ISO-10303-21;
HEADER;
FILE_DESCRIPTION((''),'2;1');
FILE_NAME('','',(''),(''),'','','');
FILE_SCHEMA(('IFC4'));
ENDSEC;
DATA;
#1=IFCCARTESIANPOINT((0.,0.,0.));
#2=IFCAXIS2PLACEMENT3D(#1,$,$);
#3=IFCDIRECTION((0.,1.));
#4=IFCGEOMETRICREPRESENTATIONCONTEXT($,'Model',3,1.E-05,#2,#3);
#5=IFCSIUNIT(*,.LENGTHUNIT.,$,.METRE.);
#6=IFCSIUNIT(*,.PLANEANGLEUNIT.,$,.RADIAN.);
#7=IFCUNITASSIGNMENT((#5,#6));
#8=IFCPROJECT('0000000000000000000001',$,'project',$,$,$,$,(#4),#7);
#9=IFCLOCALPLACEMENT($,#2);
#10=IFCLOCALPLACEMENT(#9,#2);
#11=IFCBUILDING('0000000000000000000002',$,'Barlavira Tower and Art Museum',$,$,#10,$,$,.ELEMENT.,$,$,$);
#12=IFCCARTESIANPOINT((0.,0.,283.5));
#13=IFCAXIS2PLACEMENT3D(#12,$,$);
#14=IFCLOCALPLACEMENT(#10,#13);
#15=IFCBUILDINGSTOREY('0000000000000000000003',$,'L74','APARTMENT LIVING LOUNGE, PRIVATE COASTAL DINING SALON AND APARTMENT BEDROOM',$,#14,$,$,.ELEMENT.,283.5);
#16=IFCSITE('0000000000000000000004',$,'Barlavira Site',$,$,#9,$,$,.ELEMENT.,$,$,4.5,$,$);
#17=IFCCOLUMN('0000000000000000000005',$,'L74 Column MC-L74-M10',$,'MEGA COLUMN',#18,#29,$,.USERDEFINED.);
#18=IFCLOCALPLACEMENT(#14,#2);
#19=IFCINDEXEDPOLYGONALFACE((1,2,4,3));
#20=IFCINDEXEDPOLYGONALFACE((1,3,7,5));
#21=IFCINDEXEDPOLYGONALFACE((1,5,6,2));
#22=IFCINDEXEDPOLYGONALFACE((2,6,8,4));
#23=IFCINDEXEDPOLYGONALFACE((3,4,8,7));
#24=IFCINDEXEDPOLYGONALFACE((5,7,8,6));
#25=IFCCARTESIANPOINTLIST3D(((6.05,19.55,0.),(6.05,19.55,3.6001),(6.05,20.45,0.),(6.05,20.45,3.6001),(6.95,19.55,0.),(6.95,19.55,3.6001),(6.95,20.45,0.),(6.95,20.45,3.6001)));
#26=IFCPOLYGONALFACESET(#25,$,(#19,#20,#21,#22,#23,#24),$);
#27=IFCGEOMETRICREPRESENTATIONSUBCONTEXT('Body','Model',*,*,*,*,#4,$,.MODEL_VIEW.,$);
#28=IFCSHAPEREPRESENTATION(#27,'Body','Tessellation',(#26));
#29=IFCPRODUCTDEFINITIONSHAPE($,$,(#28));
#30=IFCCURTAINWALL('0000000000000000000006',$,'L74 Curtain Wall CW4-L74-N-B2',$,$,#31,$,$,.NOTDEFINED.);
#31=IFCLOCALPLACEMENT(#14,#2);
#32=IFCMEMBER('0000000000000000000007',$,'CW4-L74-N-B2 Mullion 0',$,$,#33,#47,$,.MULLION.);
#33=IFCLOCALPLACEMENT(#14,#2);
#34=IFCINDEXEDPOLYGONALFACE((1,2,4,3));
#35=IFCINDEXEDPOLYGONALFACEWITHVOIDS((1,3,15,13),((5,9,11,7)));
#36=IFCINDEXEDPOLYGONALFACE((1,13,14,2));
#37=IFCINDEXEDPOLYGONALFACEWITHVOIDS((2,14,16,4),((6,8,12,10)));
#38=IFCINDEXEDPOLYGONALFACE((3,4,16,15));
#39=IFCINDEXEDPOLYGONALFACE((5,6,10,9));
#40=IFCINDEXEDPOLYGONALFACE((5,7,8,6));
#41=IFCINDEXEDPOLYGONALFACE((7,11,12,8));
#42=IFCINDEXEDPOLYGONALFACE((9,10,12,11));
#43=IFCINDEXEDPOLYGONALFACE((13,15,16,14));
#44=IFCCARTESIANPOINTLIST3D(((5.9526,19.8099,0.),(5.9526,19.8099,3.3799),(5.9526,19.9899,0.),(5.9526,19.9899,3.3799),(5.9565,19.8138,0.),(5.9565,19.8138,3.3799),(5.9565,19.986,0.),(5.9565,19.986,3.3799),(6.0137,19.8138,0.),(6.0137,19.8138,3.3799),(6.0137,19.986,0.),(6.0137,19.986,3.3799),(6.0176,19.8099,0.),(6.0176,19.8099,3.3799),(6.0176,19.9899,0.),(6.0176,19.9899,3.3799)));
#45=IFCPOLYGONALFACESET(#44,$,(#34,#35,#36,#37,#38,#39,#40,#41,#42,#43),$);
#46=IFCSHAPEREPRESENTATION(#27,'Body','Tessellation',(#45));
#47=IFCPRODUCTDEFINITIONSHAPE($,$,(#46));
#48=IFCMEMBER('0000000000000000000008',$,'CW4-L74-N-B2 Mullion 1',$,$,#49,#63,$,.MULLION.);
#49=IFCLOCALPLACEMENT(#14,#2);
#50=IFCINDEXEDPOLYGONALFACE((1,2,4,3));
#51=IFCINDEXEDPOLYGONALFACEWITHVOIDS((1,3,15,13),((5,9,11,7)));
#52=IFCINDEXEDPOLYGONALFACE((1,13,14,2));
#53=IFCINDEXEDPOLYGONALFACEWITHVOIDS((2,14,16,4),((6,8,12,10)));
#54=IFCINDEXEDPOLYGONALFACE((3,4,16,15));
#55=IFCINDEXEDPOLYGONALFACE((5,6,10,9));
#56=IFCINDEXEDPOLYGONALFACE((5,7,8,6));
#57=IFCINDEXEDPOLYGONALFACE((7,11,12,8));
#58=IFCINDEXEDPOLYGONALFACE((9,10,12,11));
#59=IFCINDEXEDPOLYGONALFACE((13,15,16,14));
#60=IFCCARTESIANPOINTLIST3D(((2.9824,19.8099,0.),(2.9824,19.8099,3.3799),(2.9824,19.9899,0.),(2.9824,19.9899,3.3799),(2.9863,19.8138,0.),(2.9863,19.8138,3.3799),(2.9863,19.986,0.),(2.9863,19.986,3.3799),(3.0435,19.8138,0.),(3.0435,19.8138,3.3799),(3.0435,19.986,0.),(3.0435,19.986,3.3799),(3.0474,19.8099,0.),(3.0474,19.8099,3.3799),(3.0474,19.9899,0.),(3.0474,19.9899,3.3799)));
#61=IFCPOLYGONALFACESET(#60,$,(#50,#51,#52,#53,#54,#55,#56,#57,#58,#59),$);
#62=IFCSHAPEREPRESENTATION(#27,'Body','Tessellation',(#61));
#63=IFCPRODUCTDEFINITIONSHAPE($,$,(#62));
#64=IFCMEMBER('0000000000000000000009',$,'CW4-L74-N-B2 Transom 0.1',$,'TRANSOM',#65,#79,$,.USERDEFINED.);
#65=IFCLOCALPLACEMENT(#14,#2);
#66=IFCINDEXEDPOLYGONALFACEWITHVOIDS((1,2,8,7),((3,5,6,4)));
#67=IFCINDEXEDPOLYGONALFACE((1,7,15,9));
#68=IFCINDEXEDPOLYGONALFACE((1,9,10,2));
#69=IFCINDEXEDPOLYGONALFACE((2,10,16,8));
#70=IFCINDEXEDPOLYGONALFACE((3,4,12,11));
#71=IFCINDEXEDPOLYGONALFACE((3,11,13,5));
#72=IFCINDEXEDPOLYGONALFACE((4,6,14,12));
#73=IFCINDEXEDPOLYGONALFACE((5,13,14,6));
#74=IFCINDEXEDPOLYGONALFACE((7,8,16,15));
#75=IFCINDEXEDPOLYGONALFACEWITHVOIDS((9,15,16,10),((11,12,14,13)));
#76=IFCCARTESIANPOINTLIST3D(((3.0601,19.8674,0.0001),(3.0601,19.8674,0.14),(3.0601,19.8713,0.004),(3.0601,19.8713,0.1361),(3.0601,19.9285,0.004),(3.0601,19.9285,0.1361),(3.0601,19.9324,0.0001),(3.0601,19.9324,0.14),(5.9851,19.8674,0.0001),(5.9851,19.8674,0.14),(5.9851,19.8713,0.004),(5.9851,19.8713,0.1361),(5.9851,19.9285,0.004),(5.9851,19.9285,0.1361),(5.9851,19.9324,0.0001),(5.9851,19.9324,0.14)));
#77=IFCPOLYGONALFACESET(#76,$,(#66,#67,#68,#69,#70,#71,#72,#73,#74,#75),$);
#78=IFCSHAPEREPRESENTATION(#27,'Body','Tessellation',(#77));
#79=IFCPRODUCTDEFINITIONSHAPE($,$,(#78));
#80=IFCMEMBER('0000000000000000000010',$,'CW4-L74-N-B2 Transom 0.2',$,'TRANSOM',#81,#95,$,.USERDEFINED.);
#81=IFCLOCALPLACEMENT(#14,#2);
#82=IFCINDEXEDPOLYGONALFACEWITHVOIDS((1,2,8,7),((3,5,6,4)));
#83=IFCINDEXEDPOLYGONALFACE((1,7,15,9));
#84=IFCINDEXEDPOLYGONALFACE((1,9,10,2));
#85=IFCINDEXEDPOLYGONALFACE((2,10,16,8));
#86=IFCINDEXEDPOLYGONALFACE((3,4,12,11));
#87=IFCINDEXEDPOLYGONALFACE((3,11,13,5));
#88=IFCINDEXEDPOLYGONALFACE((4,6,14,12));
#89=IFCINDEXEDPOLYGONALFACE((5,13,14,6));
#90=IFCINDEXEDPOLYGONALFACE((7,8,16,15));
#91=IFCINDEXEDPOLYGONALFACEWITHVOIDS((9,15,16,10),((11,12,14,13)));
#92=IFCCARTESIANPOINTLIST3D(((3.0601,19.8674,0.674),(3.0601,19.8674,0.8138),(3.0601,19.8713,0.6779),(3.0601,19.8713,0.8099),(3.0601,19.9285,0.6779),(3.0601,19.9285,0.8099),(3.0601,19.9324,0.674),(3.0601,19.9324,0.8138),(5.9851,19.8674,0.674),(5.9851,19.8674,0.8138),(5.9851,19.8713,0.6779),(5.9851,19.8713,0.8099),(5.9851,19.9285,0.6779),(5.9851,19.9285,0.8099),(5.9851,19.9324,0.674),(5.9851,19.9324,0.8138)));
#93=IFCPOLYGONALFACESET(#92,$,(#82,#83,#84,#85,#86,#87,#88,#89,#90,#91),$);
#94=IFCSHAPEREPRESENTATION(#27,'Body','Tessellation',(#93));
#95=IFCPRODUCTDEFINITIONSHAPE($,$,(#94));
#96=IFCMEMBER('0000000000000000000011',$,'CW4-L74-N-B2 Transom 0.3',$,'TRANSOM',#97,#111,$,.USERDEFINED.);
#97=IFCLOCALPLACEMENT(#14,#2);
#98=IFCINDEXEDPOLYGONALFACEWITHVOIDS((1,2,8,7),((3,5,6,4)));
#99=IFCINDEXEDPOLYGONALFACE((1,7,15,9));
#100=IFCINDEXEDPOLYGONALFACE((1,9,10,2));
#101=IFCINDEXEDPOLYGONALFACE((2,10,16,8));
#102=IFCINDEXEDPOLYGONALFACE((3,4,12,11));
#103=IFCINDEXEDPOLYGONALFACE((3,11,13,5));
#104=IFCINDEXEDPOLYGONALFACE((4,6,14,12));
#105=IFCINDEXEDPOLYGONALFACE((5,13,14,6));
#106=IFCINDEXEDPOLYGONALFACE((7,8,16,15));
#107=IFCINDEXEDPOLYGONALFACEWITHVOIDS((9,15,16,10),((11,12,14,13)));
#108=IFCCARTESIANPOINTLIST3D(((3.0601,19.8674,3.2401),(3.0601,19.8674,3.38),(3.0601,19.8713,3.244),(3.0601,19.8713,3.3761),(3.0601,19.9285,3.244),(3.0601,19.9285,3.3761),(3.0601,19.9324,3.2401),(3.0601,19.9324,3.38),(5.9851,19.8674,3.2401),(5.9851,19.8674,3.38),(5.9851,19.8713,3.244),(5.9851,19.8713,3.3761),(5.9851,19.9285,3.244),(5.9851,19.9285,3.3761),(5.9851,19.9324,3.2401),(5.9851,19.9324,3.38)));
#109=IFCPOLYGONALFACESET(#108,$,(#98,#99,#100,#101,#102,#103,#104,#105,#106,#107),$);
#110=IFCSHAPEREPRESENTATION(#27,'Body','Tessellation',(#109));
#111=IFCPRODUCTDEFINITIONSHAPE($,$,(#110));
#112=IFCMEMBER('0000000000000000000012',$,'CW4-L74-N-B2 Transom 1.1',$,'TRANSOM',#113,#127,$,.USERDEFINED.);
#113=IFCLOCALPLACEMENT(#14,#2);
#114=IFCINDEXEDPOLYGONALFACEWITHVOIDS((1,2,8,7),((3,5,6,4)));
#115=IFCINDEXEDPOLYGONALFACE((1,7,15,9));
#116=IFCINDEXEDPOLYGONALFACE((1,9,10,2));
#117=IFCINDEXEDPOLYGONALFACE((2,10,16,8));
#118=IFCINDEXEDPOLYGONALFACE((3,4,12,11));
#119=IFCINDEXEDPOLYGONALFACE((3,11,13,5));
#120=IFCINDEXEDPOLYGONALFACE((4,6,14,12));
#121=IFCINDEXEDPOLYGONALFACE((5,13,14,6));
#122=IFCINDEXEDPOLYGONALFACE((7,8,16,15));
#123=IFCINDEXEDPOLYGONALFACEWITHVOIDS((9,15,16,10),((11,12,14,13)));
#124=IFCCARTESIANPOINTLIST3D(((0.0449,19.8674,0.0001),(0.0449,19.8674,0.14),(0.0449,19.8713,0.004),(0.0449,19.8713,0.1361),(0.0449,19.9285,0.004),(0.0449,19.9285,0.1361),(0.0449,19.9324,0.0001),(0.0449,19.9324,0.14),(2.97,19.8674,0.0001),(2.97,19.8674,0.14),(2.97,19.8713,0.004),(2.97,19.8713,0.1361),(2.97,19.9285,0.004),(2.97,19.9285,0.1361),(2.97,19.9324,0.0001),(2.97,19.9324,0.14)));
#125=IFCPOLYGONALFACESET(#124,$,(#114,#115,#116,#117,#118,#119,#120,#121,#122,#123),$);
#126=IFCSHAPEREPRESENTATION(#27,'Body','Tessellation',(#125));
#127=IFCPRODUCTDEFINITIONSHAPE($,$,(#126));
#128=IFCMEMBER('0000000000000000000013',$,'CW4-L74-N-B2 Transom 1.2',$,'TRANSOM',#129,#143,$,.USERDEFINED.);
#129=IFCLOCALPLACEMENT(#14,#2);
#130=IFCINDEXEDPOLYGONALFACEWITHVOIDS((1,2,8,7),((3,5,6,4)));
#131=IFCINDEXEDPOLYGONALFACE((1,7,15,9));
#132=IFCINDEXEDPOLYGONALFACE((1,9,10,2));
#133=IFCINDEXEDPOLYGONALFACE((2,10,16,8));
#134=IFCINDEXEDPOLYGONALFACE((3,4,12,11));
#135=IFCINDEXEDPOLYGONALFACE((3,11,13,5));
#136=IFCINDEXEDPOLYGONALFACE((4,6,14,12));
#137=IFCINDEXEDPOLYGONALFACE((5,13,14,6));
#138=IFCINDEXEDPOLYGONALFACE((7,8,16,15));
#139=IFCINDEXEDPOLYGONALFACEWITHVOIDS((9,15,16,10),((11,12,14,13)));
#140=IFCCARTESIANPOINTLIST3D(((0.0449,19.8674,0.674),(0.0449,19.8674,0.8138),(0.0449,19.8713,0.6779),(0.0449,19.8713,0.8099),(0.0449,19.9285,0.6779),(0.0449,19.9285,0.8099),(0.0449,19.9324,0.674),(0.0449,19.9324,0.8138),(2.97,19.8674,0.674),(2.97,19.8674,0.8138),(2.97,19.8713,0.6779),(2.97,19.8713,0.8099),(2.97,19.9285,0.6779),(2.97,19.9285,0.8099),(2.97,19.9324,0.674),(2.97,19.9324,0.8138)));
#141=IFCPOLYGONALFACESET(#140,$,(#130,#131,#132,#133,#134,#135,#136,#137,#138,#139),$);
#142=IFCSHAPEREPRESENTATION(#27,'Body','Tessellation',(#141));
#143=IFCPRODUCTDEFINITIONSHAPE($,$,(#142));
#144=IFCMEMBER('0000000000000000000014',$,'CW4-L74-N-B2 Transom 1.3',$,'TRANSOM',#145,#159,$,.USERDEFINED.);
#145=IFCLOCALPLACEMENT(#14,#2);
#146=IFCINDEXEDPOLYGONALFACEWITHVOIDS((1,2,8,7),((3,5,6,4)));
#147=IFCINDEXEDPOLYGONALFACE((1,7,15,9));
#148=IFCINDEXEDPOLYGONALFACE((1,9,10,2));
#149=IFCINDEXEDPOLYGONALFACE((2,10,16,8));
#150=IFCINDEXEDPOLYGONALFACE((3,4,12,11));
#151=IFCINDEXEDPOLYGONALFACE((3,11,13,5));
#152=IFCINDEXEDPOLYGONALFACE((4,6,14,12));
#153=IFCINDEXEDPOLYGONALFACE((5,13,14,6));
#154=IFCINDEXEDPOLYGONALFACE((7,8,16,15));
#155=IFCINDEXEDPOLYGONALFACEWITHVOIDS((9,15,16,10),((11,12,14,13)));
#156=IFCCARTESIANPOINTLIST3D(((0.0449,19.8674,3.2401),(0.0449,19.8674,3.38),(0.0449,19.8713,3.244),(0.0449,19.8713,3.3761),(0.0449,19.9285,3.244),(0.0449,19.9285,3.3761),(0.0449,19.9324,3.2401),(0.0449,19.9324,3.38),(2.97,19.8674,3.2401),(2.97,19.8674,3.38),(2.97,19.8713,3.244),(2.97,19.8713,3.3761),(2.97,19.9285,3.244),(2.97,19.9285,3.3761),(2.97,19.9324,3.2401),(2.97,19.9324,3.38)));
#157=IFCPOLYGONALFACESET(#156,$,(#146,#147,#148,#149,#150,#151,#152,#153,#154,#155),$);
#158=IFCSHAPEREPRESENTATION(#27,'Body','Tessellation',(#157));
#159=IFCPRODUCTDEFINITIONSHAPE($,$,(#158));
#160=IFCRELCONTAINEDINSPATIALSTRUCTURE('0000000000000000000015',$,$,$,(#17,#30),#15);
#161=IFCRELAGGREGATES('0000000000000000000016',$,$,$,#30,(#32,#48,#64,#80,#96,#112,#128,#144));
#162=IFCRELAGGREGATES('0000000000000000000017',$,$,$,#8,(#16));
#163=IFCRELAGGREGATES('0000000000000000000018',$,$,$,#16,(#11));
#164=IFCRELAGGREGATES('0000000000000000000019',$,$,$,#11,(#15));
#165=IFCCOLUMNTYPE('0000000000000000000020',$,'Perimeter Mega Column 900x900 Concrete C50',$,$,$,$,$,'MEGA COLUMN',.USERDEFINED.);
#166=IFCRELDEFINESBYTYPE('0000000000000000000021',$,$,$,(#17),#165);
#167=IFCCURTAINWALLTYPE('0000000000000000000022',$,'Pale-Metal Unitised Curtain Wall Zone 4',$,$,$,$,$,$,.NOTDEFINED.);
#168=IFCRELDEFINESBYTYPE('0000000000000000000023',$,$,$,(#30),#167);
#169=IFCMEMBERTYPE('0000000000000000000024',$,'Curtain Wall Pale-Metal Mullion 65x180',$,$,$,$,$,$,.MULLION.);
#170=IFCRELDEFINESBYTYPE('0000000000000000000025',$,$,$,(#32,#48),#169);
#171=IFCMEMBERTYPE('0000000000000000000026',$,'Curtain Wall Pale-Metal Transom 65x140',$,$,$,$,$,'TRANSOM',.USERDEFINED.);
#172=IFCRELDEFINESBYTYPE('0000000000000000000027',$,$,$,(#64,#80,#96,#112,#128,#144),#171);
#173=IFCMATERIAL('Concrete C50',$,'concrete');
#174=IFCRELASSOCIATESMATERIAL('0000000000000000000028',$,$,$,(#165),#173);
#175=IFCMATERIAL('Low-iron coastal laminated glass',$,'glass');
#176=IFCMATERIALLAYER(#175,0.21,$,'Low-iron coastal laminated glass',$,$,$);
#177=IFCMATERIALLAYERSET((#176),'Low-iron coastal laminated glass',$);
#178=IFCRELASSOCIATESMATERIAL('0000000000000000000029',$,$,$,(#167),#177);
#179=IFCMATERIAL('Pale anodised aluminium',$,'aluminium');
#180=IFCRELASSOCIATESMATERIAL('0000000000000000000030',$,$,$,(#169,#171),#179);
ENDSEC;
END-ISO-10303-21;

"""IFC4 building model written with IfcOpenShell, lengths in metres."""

from ifc_helpers import new_model, si_unit, direction, frame, origin, origin_2d, place, context, subcontext, project, spatial, rectangle, hollow_rectangle, extrude, material, layer, layer_set, material_profile, profile_set, type_object, element, aggregate, save


model = new_model("IFC4")

# Units and contexts
model_context = context("Model", 3, precision=1e-05, world=origin(), true_north=direction((0.0, 1.0)))
body_context = subcontext(model_context, "Body", "Model", "MODEL_VIEW")
ifc_project = project(units=[si_unit("LENGTHUNIT", "METRE"), si_unit("PLANEANGLEUNIT", "RADIAN")], contexts=[model_context])

# Site, building, storey
site_placement = place(None, origin())
site = spatial("IfcSite", under=ifc_project, at=site_placement, Name="Barlavira Site", CompositionType="ELEMENT", RefElevation=4.5)
building_placement = place(site_placement, origin())
building = spatial("IfcBuilding", under=site, at=building_placement, Name="Barlavira Tower and Art Museum", CompositionType="ELEMENT")
storey_placement = place(building_placement, frame((0.0, 0.0, 283.5)))
storey = spatial("IfcBuildingStorey", under=building, at=storey_placement, Name="L74", Description="APARTMENT LIVING LOUNGE, PRIVATE COASTAL DINING SALON AND APARTMENT BEDROOM", CompositionType="ELEMENT", Elevation=283.5)

# Column
ifc_material_1 = material(Name="Concrete C50", Category="concrete")
ifc_material_profile_1 = material_profile(ifc_material_1, rectangle(XDim=0.8999, YDim=0.8999, at=origin_2d()), Name="RC-COL 900x900")
ifc_profile_set_1 = profile_set([ifc_material_profile_1], Name="Concrete C50")
column_type = type_object("IfcColumnType", Name="Perimeter Mega Column 900x900 Concrete C50", ElementType="MEGA COLUMN", PredefinedType="USERDEFINED", material=ifc_profile_set_1)
column_placement = place(storey_placement, frame((6.5, 20.0, 0.0), z_axis=(0.0, 0.0, 1.0), x_axis=(1.0, 0.0, 0.0)))
element("IfcColumn", 1, at=column_placement, inside=storey, type_object=column_type, Name="L74 Column MC-L74-M10", ObjectType="MEGA COLUMN", PredefinedType="USERDEFINED", context=body_context, shape_type="SweptSolid", body=[
    extrude(rectangle(XDim=0.8999, YDim=0.8999, at=origin_2d()), origin(), (0.0, 0.0, 1.0), 3.6001),
])

# Curtain wall, members
ifc_material_2 = material(Name="Low-iron coastal laminated glass", Category="glass")
ifc_layer_1 = layer(ifc_material_2, 0.21, Name="Low-iron coastal laminated glass")
ifc_layer_set_1 = layer_set([ifc_layer_1], Name="Low-iron coastal laminated glass")
curtain_wall_type = type_object("IfcCurtainWallType", Name="Pale-Metal Unitised Curtain Wall Zone 4", PredefinedType="NOTDEFINED", material=ifc_layer_set_1)
curtain_wall_placement = place(storey_placement, origin())
curtain_wall = element("IfcCurtainWall", 2, at=curtain_wall_placement, inside=storey, type_object=curtain_wall_type, Name="L74 Curtain Wall CW4-L74-N-B2", PredefinedType="NOTDEFINED")
ifc_material_3 = material(Name="Pale anodised aluminium", Category="aluminium")
ifc_material_profile_2 = material_profile(ifc_material_3, hollow_rectangle(XDim=0.0649, YDim=0.1799, WallThickness=0.0039, at=origin_2d()), Name="ALU-MULL 65x180x4")
ifc_profile_set_2 = profile_set([ifc_material_profile_2], Name="Pale anodised aluminium")
member_type_1 = type_object("IfcMemberType", Name="Curtain Wall Pale-Metal Mullion 65x180", PredefinedType="MULLION", material=ifc_profile_set_2)
member_1_placement = place(storey_placement, frame((5.9851, 19.8999, 0.0), z_axis=(0.0, 0.0, 1.0), x_axis=(-1.0, 0.0, 0.0)))
member_1 = element("IfcMember", 3, at=member_1_placement, type_object=member_type_1, Name="CW4-L74-N-B2 Mullion 0", PredefinedType="MULLION", context=body_context, shape_type="SweptSolid", body=[
    extrude(hollow_rectangle(XDim=0.0649, YDim=0.1799, WallThickness=0.0039, at=origin_2d()), origin(), (0.0, 0.0, 1.0), 3.3799),
])
member_2_placement = place(storey_placement, frame((3.0149, 19.8999, 0.0), z_axis=(0.0, 0.0, 1.0), x_axis=(-1.0, 0.0, 0.0)))
member_2 = element("IfcMember", 4, at=member_2_placement, type_object=member_type_1, Name="CW4-L74-N-B2 Mullion 1", PredefinedType="MULLION", context=body_context, shape_type="SweptSolid", body=[
    extrude(hollow_rectangle(XDim=0.0649, YDim=0.1799, WallThickness=0.0039, at=origin_2d()), origin(), (0.0, 0.0, 1.0), 3.3799),
])
ifc_material_profile_3 = material_profile(ifc_material_3, hollow_rectangle(XDim=0.0649, YDim=0.1399, WallThickness=0.0039, at=origin_2d()), Name="ALU-TRAN 65x140x4")
ifc_profile_set_3 = profile_set([ifc_material_profile_3], Name="Pale anodised aluminium")
member_type_2 = type_object("IfcMemberType", Name="Curtain Wall Pale-Metal Transom 65x140", ElementType="TRANSOM", PredefinedType="USERDEFINED", material=ifc_profile_set_3)
member_3_placement = place(storey_placement, frame((5.9851, 19.8999, 0.0701), z_axis=(-1.0, 0.0, 0.0), x_axis=(0.0, -1.0, 0.0)))
member_3 = element("IfcMember", 5, at=member_3_placement, type_object=member_type_2, Name="CW4-L74-N-B2 Transom 0.1", ObjectType="TRANSOM", PredefinedType="USERDEFINED", context=body_context, shape_type="SweptSolid", body=[
    extrude(hollow_rectangle(XDim=0.0649, YDim=0.1399, WallThickness=0.0039, at=origin_2d()), origin(), (0.0, 0.0, 1.0), 2.925),
])
member_4_placement = place(storey_placement, frame((5.9851, 19.8999, 0.7439), z_axis=(-1.0, 0.0, 0.0), x_axis=(0.0, -1.0, 0.0)))
member_4 = element("IfcMember", 6, at=member_4_placement, type_object=member_type_2, Name="CW4-L74-N-B2 Transom 0.2", ObjectType="TRANSOM", PredefinedType="USERDEFINED", context=body_context, shape_type="SweptSolid", body=[
    extrude(hollow_rectangle(XDim=0.0649, YDim=0.1399, WallThickness=0.0039, at=origin_2d()), origin(), (0.0, 0.0, 1.0), 2.925),
])
member_5_placement = place(storey_placement, frame((5.9851, 19.8999, 3.3101), z_axis=(-1.0, 0.0, 0.0), x_axis=(0.0, -1.0, 0.0)))
member_5 = element("IfcMember", 7, at=member_5_placement, type_object=member_type_2, Name="CW4-L74-N-B2 Transom 0.3", ObjectType="TRANSOM", PredefinedType="USERDEFINED", context=body_context, shape_type="SweptSolid", body=[
    extrude(hollow_rectangle(XDim=0.0649, YDim=0.1399, WallThickness=0.0039, at=origin_2d()), origin(), (0.0, 0.0, 1.0), 2.925),
])
member_6_placement = place(storey_placement, frame((2.97, 19.8999, 0.0701), z_axis=(-1.0, 0.0, 0.0), x_axis=(0.0, -1.0, 0.0)))
member_6 = element("IfcMember", 8, at=member_6_placement, type_object=member_type_2, Name="CW4-L74-N-B2 Transom 1.1", ObjectType="TRANSOM", PredefinedType="USERDEFINED", context=body_context, shape_type="SweptSolid", body=[
    extrude(hollow_rectangle(XDim=0.0649, YDim=0.1399, WallThickness=0.0039, at=origin_2d()), origin(), (0.0, 0.0, 1.0), 2.925),
])
member_7_placement = place(storey_placement, frame((2.97, 19.8999, 0.7439), z_axis=(-1.0, 0.0, 0.0), x_axis=(0.0, -1.0, 0.0)))
member_7 = element("IfcMember", 9, at=member_7_placement, type_object=member_type_2, Name="CW4-L74-N-B2 Transom 1.2", ObjectType="TRANSOM", PredefinedType="USERDEFINED", context=body_context, shape_type="SweptSolid", body=[
    extrude(hollow_rectangle(XDim=0.0649, YDim=0.1399, WallThickness=0.0039, at=origin_2d()), origin(), (0.0, 0.0, 1.0), 2.925),
])
member_8_placement = place(storey_placement, frame((2.97, 19.8999, 3.3101), z_axis=(-1.0, 0.0, 0.0), x_axis=(0.0, -1.0, 0.0)))
member_8 = element("IfcMember", 10, at=member_8_placement, type_object=member_type_2, Name="CW4-L74-N-B2 Transom 1.3", ObjectType="TRANSOM", PredefinedType="USERDEFINED", context=body_context, shape_type="SweptSolid", body=[
    extrude(hollow_rectangle(XDim=0.0649, YDim=0.1399, WallThickness=0.0039, at=origin_2d()), origin(), (0.0, 0.0, 1.0), 2.925),
])

aggregate(curtain_wall, [member_1, member_2, member_3, member_4, member_5, member_6, member_7, member_8])

save(model, "model.ifc")
